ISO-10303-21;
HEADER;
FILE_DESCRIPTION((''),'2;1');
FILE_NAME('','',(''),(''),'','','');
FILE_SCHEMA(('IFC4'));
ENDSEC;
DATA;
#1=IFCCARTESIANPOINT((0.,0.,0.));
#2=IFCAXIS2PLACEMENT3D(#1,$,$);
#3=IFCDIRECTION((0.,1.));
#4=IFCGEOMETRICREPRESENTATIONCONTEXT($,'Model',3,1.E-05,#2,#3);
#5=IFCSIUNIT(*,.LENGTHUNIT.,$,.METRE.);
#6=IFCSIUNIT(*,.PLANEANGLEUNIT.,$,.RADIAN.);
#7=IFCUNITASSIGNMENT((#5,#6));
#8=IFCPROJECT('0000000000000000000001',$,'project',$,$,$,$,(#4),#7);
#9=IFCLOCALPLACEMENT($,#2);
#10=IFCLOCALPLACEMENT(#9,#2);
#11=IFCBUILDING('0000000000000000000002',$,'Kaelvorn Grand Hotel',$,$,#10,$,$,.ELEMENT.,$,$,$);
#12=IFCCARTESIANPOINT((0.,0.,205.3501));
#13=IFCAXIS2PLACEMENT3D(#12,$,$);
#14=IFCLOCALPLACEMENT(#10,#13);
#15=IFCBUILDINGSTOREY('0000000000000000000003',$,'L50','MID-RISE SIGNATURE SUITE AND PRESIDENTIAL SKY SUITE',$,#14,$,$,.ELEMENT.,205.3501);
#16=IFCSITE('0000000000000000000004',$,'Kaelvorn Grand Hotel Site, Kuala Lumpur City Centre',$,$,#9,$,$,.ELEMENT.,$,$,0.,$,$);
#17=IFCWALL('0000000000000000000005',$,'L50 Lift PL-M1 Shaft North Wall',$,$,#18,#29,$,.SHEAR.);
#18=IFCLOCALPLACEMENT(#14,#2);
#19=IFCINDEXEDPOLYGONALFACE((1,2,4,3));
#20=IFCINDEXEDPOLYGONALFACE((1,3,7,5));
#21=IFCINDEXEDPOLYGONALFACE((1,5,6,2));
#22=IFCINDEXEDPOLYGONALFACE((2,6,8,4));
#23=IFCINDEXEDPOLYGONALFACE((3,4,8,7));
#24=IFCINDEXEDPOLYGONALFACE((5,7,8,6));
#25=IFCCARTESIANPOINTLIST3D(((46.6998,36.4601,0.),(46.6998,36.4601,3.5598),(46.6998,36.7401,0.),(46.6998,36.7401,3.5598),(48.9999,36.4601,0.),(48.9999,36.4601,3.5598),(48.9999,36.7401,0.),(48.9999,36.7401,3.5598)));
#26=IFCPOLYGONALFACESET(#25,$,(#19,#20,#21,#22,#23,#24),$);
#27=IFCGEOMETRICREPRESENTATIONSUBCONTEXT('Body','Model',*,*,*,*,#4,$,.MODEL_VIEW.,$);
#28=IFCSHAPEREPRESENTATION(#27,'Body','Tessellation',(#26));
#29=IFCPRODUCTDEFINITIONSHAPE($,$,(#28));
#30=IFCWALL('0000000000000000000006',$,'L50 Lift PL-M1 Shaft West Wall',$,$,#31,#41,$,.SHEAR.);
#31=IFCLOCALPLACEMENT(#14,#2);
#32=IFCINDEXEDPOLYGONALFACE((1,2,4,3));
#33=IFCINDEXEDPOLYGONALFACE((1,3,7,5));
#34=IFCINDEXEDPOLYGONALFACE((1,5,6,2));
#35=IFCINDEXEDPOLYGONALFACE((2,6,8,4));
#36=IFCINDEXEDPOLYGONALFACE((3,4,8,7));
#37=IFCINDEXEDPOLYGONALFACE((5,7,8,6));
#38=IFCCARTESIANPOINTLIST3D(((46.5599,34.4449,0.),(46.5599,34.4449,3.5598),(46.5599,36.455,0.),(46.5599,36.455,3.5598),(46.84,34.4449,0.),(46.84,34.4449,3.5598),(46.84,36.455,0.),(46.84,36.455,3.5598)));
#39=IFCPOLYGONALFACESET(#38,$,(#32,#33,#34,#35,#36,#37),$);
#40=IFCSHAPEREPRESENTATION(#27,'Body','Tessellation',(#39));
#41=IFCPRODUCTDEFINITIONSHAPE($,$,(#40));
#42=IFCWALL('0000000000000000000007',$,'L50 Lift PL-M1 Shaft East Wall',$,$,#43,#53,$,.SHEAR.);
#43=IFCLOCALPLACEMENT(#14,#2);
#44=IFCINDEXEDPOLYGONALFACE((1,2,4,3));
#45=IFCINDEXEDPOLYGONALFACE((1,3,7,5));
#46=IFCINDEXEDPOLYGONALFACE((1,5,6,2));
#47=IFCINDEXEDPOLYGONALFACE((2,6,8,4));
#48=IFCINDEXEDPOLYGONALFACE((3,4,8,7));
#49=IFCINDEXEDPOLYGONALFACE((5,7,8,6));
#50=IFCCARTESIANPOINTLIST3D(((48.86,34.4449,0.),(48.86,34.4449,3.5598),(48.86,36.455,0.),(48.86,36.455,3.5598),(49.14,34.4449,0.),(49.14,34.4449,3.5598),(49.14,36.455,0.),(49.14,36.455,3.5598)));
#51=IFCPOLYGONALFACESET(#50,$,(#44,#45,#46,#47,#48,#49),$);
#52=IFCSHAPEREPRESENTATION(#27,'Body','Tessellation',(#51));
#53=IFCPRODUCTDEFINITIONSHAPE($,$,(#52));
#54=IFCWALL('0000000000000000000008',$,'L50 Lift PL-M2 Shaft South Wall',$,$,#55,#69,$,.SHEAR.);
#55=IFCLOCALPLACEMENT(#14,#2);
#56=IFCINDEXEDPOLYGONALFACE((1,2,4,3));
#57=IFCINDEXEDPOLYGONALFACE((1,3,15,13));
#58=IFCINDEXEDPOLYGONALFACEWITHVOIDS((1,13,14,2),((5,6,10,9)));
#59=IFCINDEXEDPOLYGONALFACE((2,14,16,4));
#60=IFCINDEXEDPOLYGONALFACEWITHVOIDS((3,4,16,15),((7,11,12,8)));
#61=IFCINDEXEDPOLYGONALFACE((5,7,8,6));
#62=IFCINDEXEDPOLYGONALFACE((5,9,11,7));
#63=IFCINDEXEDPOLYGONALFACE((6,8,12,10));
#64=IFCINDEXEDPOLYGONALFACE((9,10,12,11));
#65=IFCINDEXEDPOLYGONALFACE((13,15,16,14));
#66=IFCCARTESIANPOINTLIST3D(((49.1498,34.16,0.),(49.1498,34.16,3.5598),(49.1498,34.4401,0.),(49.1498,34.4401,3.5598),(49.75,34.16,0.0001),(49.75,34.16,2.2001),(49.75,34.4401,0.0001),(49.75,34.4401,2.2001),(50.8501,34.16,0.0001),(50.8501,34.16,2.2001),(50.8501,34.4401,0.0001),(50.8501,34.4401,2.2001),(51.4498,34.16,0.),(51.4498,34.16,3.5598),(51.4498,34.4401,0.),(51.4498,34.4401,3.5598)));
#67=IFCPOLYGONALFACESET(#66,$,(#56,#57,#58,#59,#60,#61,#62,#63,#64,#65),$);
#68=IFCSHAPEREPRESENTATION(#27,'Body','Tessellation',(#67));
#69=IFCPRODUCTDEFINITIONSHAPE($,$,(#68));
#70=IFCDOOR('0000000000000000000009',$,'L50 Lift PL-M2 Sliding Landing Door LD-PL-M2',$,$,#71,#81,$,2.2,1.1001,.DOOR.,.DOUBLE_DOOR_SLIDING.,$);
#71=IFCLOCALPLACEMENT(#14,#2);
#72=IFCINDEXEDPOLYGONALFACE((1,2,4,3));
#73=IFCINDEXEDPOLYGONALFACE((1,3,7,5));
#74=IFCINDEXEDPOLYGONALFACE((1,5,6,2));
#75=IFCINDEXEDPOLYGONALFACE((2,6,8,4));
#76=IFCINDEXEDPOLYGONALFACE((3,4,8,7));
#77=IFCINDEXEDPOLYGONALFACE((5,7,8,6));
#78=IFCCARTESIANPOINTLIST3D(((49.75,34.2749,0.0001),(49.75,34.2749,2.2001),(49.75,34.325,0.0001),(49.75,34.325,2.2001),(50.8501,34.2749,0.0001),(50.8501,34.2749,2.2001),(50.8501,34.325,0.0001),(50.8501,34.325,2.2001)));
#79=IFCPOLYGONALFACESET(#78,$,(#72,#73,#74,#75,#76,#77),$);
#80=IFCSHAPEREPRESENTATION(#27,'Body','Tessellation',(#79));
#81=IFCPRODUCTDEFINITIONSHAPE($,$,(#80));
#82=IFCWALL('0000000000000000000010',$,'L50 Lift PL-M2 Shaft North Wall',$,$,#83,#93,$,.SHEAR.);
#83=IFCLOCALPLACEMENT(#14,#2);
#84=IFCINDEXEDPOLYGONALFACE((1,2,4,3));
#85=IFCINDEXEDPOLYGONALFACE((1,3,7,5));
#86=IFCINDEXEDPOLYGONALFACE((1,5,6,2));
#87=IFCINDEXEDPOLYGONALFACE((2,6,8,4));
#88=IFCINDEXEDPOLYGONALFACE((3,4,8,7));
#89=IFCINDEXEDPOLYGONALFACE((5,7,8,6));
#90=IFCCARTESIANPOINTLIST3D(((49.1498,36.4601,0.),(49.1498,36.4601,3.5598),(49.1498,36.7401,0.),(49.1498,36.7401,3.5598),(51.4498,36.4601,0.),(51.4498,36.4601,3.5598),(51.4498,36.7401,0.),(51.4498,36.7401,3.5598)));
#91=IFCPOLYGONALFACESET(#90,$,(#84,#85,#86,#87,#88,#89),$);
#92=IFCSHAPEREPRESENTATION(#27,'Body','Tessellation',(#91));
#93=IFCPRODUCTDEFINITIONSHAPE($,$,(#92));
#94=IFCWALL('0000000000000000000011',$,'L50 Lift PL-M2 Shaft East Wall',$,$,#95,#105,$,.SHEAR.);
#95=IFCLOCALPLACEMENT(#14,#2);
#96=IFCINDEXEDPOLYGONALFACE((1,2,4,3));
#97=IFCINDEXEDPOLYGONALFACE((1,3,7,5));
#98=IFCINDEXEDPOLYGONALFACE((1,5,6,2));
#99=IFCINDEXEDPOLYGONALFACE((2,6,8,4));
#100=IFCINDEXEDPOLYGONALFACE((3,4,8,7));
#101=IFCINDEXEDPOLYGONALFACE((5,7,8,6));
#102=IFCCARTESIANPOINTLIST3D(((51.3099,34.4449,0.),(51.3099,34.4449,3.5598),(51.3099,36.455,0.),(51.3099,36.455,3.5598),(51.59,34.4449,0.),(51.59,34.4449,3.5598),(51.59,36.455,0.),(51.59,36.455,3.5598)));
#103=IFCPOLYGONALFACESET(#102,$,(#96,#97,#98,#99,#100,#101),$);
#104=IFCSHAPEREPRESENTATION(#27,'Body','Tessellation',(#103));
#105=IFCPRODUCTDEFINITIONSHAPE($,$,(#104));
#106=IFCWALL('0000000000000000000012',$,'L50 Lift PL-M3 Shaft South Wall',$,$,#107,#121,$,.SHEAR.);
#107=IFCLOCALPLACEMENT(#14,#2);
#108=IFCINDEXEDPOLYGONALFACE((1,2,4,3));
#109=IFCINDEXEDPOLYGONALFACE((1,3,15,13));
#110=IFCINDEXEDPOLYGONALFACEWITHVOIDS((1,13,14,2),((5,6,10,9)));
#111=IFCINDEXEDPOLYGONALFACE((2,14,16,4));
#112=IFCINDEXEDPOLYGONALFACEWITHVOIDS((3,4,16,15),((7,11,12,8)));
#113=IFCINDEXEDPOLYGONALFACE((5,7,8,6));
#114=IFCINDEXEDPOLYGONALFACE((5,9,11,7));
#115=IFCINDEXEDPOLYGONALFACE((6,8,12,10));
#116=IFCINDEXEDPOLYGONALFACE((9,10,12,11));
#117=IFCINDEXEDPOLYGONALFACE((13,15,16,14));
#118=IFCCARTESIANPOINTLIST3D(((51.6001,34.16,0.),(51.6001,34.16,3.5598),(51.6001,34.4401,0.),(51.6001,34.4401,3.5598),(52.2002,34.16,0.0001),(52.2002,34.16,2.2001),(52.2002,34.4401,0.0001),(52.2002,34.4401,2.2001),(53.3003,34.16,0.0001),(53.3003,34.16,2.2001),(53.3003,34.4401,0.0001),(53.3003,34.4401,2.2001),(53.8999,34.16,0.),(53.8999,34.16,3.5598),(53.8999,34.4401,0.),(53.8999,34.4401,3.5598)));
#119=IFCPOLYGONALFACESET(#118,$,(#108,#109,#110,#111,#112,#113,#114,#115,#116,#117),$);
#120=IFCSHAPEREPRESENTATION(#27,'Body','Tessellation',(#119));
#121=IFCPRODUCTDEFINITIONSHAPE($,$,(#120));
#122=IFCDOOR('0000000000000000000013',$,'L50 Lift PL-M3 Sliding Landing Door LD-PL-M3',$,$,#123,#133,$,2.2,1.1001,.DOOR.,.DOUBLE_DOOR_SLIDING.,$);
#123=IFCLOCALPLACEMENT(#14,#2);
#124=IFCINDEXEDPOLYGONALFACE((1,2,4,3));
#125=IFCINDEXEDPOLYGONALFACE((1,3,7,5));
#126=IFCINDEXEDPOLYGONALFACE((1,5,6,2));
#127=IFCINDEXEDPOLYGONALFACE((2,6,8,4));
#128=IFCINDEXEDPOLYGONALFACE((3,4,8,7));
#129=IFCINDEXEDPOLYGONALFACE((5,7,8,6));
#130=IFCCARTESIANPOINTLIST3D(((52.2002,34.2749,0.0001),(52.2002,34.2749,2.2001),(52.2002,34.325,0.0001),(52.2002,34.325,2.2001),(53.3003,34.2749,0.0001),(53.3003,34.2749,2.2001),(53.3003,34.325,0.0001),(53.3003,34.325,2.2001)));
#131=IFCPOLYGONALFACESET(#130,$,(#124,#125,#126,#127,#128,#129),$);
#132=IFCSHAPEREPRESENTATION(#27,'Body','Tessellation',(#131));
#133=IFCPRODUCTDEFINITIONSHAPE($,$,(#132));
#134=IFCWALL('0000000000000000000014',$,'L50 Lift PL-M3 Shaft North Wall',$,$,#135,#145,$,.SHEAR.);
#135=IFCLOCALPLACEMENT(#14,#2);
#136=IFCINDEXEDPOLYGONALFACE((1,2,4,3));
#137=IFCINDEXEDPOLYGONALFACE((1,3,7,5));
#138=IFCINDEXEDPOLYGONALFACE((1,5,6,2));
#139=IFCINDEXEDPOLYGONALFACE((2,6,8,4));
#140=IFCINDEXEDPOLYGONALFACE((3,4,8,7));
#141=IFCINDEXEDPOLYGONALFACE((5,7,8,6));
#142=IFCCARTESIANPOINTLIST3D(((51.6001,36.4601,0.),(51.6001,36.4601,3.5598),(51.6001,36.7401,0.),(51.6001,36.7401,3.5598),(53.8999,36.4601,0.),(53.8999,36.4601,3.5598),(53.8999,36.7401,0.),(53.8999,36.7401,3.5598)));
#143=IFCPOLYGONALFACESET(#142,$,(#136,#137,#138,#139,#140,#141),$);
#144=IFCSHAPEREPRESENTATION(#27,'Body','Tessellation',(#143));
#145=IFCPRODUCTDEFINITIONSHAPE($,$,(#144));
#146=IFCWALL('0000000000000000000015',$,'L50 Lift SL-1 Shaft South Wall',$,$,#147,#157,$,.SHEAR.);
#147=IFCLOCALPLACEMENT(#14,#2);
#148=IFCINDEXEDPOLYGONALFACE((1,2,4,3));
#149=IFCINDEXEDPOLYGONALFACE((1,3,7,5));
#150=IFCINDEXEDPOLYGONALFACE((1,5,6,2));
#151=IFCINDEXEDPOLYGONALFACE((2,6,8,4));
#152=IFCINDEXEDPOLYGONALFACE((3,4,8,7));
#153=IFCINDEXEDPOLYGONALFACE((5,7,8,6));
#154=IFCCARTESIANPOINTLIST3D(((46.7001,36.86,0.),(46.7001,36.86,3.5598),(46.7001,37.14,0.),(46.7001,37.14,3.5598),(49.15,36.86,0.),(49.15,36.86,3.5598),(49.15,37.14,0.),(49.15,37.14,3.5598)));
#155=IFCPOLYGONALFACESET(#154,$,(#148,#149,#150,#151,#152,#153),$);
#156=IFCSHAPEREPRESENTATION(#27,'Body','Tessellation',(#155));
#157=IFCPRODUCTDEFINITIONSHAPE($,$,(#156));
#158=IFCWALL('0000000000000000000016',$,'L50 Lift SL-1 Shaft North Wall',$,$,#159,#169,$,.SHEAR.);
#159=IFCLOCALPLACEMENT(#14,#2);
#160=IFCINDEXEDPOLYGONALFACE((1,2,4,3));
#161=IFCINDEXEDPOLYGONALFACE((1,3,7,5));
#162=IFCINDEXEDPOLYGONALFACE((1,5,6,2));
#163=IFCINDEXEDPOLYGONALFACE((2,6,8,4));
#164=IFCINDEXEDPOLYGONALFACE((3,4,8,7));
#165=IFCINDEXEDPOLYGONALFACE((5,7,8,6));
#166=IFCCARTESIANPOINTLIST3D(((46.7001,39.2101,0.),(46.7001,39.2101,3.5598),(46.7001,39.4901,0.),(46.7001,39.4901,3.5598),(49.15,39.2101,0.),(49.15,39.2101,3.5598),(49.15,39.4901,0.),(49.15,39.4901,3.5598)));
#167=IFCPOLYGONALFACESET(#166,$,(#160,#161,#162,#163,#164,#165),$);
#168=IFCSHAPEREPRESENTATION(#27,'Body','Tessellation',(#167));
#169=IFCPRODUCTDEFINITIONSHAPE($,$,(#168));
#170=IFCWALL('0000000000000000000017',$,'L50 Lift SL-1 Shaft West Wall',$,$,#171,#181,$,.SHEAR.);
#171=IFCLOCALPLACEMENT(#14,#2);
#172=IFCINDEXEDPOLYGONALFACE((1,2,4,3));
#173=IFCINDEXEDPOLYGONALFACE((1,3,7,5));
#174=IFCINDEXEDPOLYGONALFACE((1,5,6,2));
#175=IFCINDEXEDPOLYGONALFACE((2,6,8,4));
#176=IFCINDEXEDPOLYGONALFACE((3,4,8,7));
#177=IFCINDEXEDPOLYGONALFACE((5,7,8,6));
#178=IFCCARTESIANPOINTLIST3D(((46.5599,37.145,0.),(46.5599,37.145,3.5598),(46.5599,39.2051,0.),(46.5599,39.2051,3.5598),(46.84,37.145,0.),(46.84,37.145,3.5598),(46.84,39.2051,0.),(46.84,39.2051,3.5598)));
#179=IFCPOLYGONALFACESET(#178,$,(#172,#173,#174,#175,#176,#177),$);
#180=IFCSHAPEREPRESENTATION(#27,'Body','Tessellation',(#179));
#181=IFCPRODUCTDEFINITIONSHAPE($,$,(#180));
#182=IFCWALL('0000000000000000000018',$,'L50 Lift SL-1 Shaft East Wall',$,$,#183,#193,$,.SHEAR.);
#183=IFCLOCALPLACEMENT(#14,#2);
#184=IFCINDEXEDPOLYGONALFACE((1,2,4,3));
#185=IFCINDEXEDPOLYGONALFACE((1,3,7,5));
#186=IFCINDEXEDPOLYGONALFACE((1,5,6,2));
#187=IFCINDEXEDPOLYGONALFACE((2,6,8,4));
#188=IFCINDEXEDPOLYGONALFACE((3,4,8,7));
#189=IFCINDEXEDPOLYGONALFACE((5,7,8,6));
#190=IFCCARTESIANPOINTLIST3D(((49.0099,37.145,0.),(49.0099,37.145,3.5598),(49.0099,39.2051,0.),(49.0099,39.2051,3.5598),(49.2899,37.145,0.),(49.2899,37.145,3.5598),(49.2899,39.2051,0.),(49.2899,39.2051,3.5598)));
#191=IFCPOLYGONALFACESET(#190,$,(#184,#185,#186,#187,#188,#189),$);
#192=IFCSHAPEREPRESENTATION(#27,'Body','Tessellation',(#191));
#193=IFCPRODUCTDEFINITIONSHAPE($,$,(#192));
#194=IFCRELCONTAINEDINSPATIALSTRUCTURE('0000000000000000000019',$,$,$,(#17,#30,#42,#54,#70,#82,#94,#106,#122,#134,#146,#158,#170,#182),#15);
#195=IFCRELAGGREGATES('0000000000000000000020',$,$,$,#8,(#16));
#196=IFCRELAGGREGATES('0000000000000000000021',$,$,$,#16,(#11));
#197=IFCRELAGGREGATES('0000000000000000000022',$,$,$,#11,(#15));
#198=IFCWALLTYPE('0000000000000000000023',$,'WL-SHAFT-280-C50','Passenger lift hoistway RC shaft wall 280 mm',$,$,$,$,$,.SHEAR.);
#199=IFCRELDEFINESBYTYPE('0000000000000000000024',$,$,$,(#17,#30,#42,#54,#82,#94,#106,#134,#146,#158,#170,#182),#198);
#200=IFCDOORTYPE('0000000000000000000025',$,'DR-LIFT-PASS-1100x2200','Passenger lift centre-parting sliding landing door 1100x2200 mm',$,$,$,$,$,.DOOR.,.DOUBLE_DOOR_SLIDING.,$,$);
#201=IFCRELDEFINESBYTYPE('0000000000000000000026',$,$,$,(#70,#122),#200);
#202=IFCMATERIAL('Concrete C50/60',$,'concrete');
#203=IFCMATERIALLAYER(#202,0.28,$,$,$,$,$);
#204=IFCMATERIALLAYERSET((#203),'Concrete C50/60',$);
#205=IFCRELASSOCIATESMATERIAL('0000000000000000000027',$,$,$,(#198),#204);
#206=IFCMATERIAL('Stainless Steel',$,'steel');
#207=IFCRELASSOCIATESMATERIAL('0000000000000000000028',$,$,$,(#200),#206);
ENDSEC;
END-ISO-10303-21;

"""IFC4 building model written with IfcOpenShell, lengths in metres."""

from ifc_helpers import new_model, si_unit, direction, frame, frame_2d, origin, place, context, subcontext, project, spatial, rectangle, extrude, material, layer, layer_set, type_object, element, fill, save


model = new_model("IFC4")

# Units and contexts
model_context = context("Model", 3, precision=1e-05, world=origin(), true_north=direction((0.0, 1.0)))
body_context = subcontext(model_context, "Body", "Model", "MODEL_VIEW")
ifc_project = project(units=[si_unit("LENGTHUNIT", "METRE"), si_unit("PLANEANGLEUNIT", "RADIAN")], contexts=[model_context])

# Site, building, storey
site_placement = place(None, origin())
site = spatial("IfcSite", under=ifc_project, at=site_placement, Name="Kaelvorn Grand Hotel Site, Kuala Lumpur City Centre", CompositionType="ELEMENT", RefElevation=0.0)
building_placement = place(site_placement, origin())
building = spatial("IfcBuilding", under=site, at=building_placement, Name="Kaelvorn Grand Hotel", CompositionType="ELEMENT")
storey_placement = place(building_placement, frame((0.0, 0.0, 205.3501)))
storey = spatial("IfcBuildingStorey", under=building, at=storey_placement, Name="L50", Description="MID-RISE SIGNATURE SUITE AND PRESIDENTIAL SKY SUITE", CompositionType="ELEMENT", Elevation=205.3501)

# Shared definitions
ifc_material_1 = material(Name="Concrete C50/60", Category="concrete")

# Shared definitions
ifc_layer_1 = layer(ifc_material_1, 0.28)
ifc_layer_set_1 = layer_set([ifc_layer_1], Name="Concrete C50/60")
wall_type_1 = type_object("IfcWallType", Name="WL-SHAFT-280-C50", Description="Passenger lift hoistway RC shaft wall 280 mm", PredefinedType="SHEAR", material=ifc_layer_set_1)
ifc_material_2 = material(Name="Stainless Steel", Category="steel")
door_type_1 = type_object("IfcDoorType", Name="DR-LIFT-PASS-1100x2200", Description="Passenger lift centre-parting sliding landing door 1100x2200 mm", OperationType="DOUBLE_DOOR_SLIDING", PredefinedType="DOOR", material=ifc_material_2)

# Walls
wall_1_placement = place(storey_placement, frame((46.7, 36.6001, 0.0), z_axis=(0.0, 0.0, 1.0), x_axis=(1.0, 0.0, 0.0)))
element("IfcWall", 1, at=wall_1_placement, inside=storey, type_object=wall_type_1, Name="L50 Lift PL-M1 Shaft North Wall", PredefinedType="SHEAR", context=body_context, shape_type="SweptSolid", body=[
    extrude(rectangle(XDim=2.3, YDim=0.28, at=frame_2d((1.1499, 0.0))), origin(), (0.0, 0.0, 1.0), 3.5598),
])
for number, where, z_axis, x_axis, name in (
    (2, (46.7, 34.4451, 0.0), (0.0, 0.0, 1.0), (0.0, 1.0, 0.0), "L50 Lift PL-M1 Shaft West Wall"),
    (3, (49.0, 34.4451, 0.0), (0.0, 0.0, 1.0), (0.0, 1.0, 0.0), "L50 Lift PL-M1 Shaft East Wall"),
):
    element("IfcWall", number, at=place(storey_placement, frame(where, z_axis=z_axis, x_axis=x_axis)), inside=storey, type_object=wall_type_1, Name=name, PredefinedType="SHEAR", context=body_context, shape_type="SweptSolid", body=[
        extrude(rectangle(XDim=2.01, YDim=0.28, at=frame_2d((1.0049, 0.0))), origin(), (0.0, 0.0, 1.0), 3.5598),
    ])

# Wall, opening, door
wall_2_placement = place(storey_placement, frame((49.1499, 34.3, 0.0), z_axis=(0.0, 0.0, 1.0), x_axis=(1.0, 0.0, 0.0)))
wall_2 = element("IfcWall", 4, at=wall_2_placement, inside=storey, type_object=wall_type_1, Name="L50 Lift PL-M2 Shaft South Wall", PredefinedType="SHEAR", context=body_context, shape_type="SweptSolid", body=[
    extrude(rectangle(XDim=2.3, YDim=0.28, at=frame_2d((1.1499, 0.0))), origin(), (0.0, 0.0, 1.0), 3.5598),
])
opening_1_placement = place(wall_2_placement, frame((0.6001, 0.0, 0.0)))
opening_1 = element("IfcOpeningElement", 5, at=opening_1_placement, cuts=wall_2, PredefinedType="OPENING", context=body_context, shape_type="SweptSolid", body=[
    extrude(rectangle(XDim=1.1001, YDim=2.2, at=frame_2d((0.55, 1.1001))), frame((0.0, 0.1499, 0.0), z_axis=(0.0, -1.0, 0.0), x_axis=(1.0, 0.0, 0.0)), (0.0, 0.0, 1.0), 0.3),
])
door_1_placement = place(opening_1_placement, origin())
door_1 = element("IfcDoor", 6, at=door_1_placement, inside=storey, type_object=door_type_1, Name="L50 Lift PL-M2 Sliding Landing Door LD-PL-M2", OperationType="DOUBLE_DOOR_SLIDING", OverallHeight=2.2, OverallWidth=1.1001, PredefinedType="DOOR", context=body_context, shape_type="SweptSolid", body=[
    extrude(rectangle(XDim=1.1001, YDim=2.2, at=frame_2d((0.55, 1.1001))), frame((0.0, 0.0249, 0.0), z_axis=(0.0, -1.0, 0.0), x_axis=(1.0, 0.0, 0.0)), (0.0, 0.0, 1.0), 0.05),
])
fill(opening_1, door_1)

# Walls
wall_3_placement = place(storey_placement, frame((49.1499, 36.6001, 0.0), z_axis=(0.0, 0.0, 1.0), x_axis=(1.0, 0.0, 0.0)))
element("IfcWall", 7, at=wall_3_placement, inside=storey, type_object=wall_type_1, Name="L50 Lift PL-M2 Shaft North Wall", PredefinedType="SHEAR", context=body_context, shape_type="SweptSolid", body=[
    extrude(rectangle(XDim=2.3, YDim=0.28, at=frame_2d((1.1499, 0.0))), origin(), (0.0, 0.0, 1.0), 3.5598),
])
wall_4_placement = place(storey_placement, frame((51.45, 34.4451, 0.0), z_axis=(0.0, 0.0, 1.0), x_axis=(0.0, 1.0, 0.0)))
element("IfcWall", 8, at=wall_4_placement, inside=storey, type_object=wall_type_1, Name="L50 Lift PL-M2 Shaft East Wall", PredefinedType="SHEAR", context=body_context, shape_type="SweptSolid", body=[
    extrude(rectangle(XDim=2.01, YDim=0.28, at=frame_2d((1.0049, 0.0))), origin(), (0.0, 0.0, 1.0), 3.5598),
])

# Wall, opening, door
wall_5_placement = place(storey_placement, frame((51.6001, 34.3, 0.0), z_axis=(0.0, 0.0, 1.0), x_axis=(1.0, 0.0, 0.0)))
wall_5 = element("IfcWall", 9, at=wall_5_placement, inside=storey, type_object=wall_type_1, Name="L50 Lift PL-M3 Shaft South Wall", PredefinedType="SHEAR", context=body_context, shape_type="SweptSolid", body=[
    extrude(rectangle(XDim=2.2998, YDim=0.28, at=frame_2d((1.1499, 0.0))), origin(), (0.0, 0.0, 1.0), 3.5598),
])
opening_2_placement = place(wall_5_placement, frame((0.6001, 0.0, 0.0)))
opening_2 = element("IfcOpeningElement", 10, at=opening_2_placement, cuts=wall_5, PredefinedType="OPENING", context=body_context, shape_type="SweptSolid", body=[
    extrude(rectangle(XDim=1.1001, YDim=2.2, at=frame_2d((0.55, 1.1001))), frame((0.0, 0.1499, 0.0), z_axis=(0.0, -1.0, 0.0), x_axis=(1.0, 0.0, 0.0)), (0.0, 0.0, 1.0), 0.3),
])
door_2_placement = place(opening_2_placement, origin())
door_2 = element("IfcDoor", 11, at=door_2_placement, inside=storey, type_object=door_type_1, Name="L50 Lift PL-M3 Sliding Landing Door LD-PL-M3", OperationType="DOUBLE_DOOR_SLIDING", OverallHeight=2.2, OverallWidth=1.1001, PredefinedType="DOOR", context=body_context, shape_type="SweptSolid", body=[
    extrude(rectangle(XDim=1.1001, YDim=2.2, at=frame_2d((0.55, 1.1001))), frame((0.0, 0.0249, 0.0), z_axis=(0.0, -1.0, 0.0), x_axis=(1.0, 0.0, 0.0)), (0.0, 0.0, 1.0), 0.05),
])
fill(opening_2, door_2)

# Walls
wall_6_placement = place(storey_placement, frame((51.6001, 36.6001, 0.0), z_axis=(0.0, 0.0, 1.0), x_axis=(1.0, 0.0, 0.0)))
element("IfcWall", 12, at=wall_6_placement, inside=storey, type_object=wall_type_1, Name="L50 Lift PL-M3 Shaft North Wall", PredefinedType="SHEAR", context=body_context, shape_type="SweptSolid", body=[
    extrude(rectangle(XDim=2.2998, YDim=0.28, at=frame_2d((1.1499, 0.0))), origin(), (0.0, 0.0, 1.0), 3.5598),
])
for number, where, z_axis, x_axis, name in (
    (13, (46.7, 37.0, 0.0), (0.0, 0.0, 1.0), (1.0, 0.0, 0.0), "L50 Lift SL-1 Shaft South Wall"),
    (14, (46.7, 39.3501, 0.0), (0.0, 0.0, 1.0), (1.0, 0.0, 0.0), "L50 Lift SL-1 Shaft North Wall"),
):
    element("IfcWall", number, at=place(storey_placement, frame(where, z_axis=z_axis, x_axis=x_axis)), inside=storey, type_object=wall_type_1, Name=name, PredefinedType="SHEAR", context=body_context, shape_type="SweptSolid", body=[
        extrude(rectangle(XDim=2.45, YDim=0.28, at=frame_2d((1.2251, 0.0))), origin(), (0.0, 0.0, 1.0), 3.5598),
    ])
for number, where, z_axis, x_axis, name in (
    (15, (46.7, 37.145, 0.0), (0.0, 0.0, 1.0), (0.0, 1.0, 0.0), "L50 Lift SL-1 Shaft West Wall"),
    (16, (49.1499, 37.145, 0.0), (0.0, 0.0, 1.0), (0.0, 1.0, 0.0), "L50 Lift SL-1 Shaft East Wall"),
):
    element("IfcWall", number, at=place(storey_placement, frame(where, z_axis=z_axis, x_axis=x_axis)), inside=storey, type_object=wall_type_1, Name=name, PredefinedType="SHEAR", context=body_context, shape_type="SweptSolid", body=[
        extrude(rectangle(XDim=2.0601, YDim=0.28, at=frame_2d((1.03, 0.0))), origin(), (0.0, 0.0, 1.0), 3.5598),
    ])

save(model, "model.ifc")
